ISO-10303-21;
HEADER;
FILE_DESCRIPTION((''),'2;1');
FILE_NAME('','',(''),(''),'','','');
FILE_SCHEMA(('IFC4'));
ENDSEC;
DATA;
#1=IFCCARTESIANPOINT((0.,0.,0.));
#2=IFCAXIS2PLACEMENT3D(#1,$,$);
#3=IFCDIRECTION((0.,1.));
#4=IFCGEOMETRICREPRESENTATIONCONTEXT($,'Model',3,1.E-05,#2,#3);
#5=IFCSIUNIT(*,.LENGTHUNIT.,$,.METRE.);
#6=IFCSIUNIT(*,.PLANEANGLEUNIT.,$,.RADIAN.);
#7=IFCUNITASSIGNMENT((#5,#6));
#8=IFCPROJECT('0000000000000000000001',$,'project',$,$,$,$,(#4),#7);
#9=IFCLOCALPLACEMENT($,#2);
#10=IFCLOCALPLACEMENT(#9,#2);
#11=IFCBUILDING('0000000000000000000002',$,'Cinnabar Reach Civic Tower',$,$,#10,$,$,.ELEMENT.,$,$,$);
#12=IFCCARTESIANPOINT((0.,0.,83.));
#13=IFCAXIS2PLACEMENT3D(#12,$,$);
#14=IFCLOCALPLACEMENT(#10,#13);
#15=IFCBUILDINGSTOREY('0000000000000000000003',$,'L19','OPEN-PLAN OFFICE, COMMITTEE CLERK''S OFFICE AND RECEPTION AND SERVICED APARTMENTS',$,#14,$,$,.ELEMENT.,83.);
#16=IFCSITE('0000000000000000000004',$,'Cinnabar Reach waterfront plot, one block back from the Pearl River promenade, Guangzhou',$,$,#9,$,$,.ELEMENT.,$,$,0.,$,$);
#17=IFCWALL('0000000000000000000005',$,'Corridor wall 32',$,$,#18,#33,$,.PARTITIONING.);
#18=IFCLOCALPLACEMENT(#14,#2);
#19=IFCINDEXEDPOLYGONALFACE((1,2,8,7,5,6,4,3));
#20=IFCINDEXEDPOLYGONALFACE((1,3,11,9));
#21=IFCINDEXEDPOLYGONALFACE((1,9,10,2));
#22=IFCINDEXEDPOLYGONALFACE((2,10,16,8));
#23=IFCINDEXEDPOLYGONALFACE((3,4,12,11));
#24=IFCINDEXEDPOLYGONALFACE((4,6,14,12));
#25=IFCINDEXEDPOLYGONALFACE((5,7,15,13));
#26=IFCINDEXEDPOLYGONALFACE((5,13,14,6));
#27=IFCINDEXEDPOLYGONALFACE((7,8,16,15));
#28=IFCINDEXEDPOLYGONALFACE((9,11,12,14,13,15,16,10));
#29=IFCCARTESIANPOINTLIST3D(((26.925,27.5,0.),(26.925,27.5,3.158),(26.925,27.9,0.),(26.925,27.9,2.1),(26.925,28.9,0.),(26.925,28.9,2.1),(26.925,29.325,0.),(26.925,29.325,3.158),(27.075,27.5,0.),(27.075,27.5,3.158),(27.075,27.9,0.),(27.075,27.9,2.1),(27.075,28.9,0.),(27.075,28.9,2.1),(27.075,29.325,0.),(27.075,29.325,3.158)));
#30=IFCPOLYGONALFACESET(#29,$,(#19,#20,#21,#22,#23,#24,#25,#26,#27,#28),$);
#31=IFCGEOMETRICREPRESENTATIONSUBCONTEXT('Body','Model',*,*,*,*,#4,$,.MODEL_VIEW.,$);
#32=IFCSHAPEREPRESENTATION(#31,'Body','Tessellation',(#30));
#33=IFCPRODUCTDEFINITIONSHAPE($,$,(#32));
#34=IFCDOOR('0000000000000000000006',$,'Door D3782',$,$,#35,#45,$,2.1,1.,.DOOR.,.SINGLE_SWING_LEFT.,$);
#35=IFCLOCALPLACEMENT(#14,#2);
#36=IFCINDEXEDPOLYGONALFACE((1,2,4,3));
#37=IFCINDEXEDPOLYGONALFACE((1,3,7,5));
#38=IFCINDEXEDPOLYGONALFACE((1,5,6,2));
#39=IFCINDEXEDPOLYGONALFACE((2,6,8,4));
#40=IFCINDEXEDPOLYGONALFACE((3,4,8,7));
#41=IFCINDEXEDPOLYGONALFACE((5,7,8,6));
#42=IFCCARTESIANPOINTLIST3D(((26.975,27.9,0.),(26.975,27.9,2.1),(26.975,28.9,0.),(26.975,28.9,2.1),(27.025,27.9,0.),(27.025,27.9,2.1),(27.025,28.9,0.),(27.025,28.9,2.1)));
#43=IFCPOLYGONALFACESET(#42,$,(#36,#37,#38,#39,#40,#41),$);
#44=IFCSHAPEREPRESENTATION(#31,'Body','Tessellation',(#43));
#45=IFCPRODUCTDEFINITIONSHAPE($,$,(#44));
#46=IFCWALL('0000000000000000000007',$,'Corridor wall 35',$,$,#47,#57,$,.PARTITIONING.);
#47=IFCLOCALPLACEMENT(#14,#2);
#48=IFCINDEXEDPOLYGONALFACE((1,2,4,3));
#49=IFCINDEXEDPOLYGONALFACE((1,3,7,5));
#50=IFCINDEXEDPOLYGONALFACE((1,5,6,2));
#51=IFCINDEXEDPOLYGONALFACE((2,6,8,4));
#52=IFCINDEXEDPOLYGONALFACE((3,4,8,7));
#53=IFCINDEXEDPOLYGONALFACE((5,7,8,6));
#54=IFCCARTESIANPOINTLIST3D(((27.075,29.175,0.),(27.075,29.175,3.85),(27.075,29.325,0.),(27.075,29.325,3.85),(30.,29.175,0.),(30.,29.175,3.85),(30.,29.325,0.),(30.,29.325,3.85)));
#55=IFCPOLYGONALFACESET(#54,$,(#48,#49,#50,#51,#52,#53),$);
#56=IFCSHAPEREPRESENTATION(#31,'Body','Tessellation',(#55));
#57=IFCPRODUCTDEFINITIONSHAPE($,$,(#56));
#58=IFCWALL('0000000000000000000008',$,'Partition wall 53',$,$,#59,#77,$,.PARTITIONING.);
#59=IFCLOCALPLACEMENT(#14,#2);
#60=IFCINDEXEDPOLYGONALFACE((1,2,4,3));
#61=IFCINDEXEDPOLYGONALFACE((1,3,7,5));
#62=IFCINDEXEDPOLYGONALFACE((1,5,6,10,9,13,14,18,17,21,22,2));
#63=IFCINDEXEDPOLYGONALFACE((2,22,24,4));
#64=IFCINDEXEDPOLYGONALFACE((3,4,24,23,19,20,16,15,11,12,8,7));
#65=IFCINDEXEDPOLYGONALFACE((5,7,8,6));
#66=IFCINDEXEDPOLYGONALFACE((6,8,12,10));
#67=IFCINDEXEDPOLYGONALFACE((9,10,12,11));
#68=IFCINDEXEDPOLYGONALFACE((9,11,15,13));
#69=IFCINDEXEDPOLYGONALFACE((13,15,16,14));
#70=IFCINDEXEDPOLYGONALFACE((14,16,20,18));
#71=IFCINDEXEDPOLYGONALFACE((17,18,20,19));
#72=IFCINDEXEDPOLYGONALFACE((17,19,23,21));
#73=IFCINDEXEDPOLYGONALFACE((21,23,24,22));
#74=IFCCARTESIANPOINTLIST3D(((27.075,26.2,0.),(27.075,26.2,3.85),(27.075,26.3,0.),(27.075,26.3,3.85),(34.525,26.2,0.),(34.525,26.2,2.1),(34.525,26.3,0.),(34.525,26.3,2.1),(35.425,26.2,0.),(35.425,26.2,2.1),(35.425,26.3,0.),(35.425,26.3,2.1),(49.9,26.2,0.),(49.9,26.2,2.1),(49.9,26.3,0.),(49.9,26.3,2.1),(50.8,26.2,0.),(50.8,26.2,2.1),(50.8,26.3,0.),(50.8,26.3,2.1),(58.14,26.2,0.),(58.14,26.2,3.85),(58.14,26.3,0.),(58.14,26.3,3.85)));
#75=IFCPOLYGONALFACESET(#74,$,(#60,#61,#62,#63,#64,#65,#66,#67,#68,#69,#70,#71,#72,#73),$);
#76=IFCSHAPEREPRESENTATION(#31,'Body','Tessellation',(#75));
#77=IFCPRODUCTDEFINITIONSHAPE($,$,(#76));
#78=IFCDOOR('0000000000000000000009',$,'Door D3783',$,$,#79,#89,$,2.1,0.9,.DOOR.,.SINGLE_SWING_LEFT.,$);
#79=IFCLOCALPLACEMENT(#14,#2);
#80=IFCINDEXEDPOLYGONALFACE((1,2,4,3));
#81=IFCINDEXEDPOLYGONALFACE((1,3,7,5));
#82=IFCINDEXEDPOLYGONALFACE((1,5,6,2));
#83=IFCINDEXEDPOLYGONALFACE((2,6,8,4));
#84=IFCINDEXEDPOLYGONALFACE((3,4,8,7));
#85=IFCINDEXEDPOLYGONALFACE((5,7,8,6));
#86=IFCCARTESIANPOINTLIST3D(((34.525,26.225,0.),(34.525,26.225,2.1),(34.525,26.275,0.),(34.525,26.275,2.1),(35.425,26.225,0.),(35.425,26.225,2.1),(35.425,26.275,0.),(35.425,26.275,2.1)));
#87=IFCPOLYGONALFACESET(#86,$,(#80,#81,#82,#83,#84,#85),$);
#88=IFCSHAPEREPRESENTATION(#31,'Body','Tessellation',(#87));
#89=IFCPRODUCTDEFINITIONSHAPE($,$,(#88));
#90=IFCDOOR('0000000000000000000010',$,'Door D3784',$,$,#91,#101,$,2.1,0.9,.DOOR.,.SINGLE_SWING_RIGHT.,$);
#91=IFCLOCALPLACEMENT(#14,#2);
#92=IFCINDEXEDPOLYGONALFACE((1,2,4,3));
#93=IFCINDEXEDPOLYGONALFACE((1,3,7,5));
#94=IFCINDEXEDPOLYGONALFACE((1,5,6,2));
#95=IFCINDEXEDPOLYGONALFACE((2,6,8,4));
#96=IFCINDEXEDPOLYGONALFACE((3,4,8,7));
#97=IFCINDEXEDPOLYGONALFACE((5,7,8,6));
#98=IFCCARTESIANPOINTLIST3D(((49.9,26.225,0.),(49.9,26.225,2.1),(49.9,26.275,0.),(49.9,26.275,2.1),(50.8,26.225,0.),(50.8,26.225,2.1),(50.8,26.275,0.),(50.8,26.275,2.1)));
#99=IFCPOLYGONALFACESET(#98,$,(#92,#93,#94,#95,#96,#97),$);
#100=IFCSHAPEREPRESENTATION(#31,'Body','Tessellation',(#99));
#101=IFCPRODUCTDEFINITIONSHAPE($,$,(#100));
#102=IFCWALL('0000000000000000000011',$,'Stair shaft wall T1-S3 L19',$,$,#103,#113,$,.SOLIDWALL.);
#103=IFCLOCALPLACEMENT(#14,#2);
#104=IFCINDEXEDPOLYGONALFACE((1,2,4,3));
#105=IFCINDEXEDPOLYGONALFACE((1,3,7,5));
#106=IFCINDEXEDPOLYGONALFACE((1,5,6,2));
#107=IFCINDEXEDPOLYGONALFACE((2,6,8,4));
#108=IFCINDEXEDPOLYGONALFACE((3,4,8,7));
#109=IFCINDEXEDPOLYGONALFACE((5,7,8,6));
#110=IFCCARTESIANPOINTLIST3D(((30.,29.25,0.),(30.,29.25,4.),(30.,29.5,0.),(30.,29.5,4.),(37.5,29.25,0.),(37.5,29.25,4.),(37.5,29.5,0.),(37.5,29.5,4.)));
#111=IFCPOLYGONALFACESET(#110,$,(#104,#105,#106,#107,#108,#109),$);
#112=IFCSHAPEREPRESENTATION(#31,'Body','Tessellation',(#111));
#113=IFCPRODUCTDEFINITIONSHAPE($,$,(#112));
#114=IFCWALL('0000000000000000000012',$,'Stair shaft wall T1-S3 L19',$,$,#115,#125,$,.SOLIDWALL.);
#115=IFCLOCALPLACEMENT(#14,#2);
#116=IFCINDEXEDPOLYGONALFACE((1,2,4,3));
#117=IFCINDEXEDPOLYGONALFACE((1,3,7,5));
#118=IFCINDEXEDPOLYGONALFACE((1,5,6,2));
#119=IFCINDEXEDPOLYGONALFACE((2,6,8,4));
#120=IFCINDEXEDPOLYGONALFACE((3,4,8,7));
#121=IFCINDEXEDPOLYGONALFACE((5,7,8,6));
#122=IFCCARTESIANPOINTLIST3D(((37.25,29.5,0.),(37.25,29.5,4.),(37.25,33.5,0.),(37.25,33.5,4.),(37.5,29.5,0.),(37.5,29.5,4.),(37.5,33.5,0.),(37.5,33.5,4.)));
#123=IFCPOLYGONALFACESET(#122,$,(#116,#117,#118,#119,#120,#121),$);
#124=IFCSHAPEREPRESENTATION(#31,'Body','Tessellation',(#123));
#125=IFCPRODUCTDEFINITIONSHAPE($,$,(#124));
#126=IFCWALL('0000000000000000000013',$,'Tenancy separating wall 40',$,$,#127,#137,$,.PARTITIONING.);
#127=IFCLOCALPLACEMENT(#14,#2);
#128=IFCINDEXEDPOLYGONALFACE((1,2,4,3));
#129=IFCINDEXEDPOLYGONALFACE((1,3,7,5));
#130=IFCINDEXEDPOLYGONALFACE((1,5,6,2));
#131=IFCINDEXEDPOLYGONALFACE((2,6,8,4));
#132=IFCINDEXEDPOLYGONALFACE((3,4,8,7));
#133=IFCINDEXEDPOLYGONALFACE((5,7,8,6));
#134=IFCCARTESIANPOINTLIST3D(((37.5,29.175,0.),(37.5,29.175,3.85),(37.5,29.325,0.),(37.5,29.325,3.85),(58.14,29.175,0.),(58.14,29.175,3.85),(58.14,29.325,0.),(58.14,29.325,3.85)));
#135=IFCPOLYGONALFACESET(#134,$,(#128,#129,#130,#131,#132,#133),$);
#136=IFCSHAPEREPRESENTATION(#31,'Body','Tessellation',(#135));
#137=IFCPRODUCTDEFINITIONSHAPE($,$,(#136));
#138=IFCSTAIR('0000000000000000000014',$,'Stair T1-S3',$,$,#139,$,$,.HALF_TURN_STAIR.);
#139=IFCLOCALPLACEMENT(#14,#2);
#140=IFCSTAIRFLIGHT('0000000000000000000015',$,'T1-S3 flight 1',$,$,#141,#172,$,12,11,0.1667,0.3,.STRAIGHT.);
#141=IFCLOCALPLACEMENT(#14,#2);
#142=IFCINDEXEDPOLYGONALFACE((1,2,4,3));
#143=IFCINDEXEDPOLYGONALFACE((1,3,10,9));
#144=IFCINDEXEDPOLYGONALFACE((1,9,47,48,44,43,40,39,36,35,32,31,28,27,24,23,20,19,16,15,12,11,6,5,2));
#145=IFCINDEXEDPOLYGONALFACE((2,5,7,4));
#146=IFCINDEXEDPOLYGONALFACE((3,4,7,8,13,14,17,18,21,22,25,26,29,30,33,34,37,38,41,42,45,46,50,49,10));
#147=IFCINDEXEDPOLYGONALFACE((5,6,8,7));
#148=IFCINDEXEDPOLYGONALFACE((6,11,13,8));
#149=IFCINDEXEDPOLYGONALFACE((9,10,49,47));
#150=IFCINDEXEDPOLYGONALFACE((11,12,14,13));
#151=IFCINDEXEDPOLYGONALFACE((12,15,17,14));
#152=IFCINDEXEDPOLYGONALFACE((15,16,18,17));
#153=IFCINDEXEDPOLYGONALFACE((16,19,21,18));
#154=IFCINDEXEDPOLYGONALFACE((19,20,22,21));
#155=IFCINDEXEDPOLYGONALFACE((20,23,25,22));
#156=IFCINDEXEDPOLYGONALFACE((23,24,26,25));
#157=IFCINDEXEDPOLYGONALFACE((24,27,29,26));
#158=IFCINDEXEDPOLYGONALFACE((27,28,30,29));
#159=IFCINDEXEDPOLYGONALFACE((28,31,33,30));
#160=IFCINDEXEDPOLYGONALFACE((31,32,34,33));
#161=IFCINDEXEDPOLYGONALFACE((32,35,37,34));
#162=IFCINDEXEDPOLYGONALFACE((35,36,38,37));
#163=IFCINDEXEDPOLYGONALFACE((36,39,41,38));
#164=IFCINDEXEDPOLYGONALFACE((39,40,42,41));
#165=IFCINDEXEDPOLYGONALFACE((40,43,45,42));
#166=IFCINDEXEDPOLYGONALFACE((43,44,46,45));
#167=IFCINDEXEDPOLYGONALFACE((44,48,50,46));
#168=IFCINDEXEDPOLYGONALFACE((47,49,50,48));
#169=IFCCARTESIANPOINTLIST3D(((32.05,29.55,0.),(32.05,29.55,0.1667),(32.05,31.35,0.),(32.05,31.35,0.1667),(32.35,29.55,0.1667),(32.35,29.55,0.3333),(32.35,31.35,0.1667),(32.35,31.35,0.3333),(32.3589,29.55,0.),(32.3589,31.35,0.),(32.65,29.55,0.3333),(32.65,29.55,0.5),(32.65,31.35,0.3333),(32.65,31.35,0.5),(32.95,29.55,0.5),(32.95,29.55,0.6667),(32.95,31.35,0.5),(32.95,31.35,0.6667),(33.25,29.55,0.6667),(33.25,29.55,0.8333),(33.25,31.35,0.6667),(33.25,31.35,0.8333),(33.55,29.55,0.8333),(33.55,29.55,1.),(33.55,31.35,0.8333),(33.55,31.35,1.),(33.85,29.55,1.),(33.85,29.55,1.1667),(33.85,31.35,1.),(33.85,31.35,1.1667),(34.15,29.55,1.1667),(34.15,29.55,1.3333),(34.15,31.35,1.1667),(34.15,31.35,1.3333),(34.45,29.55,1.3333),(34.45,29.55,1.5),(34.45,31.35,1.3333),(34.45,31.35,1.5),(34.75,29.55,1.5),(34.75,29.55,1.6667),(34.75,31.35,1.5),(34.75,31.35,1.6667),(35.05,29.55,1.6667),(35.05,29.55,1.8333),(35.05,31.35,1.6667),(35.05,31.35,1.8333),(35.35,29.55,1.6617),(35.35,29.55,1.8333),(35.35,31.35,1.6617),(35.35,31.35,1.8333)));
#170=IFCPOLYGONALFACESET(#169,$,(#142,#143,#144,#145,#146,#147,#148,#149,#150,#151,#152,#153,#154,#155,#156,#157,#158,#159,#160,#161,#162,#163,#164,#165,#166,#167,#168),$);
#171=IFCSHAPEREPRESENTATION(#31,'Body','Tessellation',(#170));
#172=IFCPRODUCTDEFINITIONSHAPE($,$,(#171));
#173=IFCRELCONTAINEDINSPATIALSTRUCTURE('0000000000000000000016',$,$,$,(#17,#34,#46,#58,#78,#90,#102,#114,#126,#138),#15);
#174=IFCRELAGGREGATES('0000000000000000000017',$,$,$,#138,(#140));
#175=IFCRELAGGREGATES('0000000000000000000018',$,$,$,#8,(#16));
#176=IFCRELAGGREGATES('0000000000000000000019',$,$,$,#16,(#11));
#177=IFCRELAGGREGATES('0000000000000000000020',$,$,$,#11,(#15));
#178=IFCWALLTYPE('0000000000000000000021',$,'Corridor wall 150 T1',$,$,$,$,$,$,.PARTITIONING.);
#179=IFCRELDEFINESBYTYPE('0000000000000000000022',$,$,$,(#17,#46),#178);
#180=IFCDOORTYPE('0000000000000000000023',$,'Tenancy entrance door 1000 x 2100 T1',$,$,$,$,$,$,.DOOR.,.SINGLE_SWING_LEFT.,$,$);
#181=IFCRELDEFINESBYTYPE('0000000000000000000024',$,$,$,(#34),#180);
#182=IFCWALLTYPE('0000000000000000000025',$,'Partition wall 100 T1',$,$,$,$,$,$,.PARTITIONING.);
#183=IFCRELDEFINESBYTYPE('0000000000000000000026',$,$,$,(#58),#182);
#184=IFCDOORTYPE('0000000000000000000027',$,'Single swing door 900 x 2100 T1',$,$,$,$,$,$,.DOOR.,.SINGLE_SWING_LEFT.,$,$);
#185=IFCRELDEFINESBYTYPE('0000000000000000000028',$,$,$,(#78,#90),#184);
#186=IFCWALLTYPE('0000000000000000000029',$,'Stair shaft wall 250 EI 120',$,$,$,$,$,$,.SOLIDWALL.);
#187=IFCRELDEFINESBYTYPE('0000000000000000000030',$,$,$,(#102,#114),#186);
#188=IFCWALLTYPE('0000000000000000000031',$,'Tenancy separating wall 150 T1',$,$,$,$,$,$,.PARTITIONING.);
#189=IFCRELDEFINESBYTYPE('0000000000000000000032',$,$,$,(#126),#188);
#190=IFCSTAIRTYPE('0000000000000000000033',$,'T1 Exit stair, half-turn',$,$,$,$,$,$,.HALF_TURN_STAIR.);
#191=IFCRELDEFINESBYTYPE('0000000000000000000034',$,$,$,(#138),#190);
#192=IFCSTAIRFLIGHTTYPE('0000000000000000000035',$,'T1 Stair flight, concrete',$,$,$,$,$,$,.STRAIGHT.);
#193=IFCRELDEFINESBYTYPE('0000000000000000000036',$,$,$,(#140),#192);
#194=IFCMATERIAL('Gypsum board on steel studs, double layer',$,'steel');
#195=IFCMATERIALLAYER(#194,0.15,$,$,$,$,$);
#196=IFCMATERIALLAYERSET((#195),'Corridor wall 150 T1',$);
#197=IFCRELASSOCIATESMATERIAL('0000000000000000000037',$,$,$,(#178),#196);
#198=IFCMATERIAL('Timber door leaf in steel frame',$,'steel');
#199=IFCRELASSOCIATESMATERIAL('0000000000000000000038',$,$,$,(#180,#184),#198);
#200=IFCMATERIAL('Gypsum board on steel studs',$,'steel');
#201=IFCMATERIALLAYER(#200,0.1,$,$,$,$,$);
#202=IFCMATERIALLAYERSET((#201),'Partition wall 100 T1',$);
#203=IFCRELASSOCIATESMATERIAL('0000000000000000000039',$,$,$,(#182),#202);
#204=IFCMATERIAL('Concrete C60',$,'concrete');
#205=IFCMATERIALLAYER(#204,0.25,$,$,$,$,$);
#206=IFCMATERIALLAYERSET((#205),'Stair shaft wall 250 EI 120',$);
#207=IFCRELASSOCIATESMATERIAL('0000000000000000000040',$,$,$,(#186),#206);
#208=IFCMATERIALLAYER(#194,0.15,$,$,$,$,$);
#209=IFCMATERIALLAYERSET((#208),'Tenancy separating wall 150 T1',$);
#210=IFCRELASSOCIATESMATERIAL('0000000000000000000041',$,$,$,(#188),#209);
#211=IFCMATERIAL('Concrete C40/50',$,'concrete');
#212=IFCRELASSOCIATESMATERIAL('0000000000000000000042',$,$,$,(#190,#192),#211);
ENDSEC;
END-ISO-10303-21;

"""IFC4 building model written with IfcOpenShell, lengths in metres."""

from ifc_helpers import new_model, si_unit, direction, frame, frame_2d, origin, place, context, subcontext, project, spatial, polyline, rectangle, outline, extrude, material, layer, layer_set, type_object, element, fill, aggregate, save


model = new_model("IFC4")

# Units and contexts
model_context = context("Model", 3, precision=1e-05, world=origin(), true_north=direction((0.0, 1.0)))
body_context = subcontext(model_context, "Body", "Model", "MODEL_VIEW")
ifc_project = project(units=[si_unit("LENGTHUNIT", "METRE"), si_unit("PLANEANGLEUNIT", "RADIAN")], contexts=[model_context])

# Site, building, storey
site_placement = place(None, origin())
site = spatial("IfcSite", under=ifc_project, at=site_placement, Name="Cinnabar Reach waterfront plot, one block back from the Pearl River promenade, Guangzhou", CompositionType="ELEMENT", RefElevation=0.0)
building_placement = place(site_placement, origin())
building = spatial("IfcBuilding", under=site, at=building_placement, Name="Cinnabar Reach Civic Tower", CompositionType="ELEMENT")
storey_placement = place(building_placement, frame((0.0, 0.0, 83.0)))
storey = spatial("IfcBuildingStorey", under=building, at=storey_placement, Name="L19", Description="OPEN-PLAN OFFICE, COMMITTEE CLERK'S OFFICE AND RECEPTION AND SERVICED APARTMENTS", CompositionType="ELEMENT", Elevation=83.0)

# Wall, opening, door
ifc_material_1 = material(Name="Gypsum board on steel studs, double layer", Category="steel")
ifc_layer_1 = layer(ifc_material_1, 0.15)
ifc_layer_set_1 = layer_set([ifc_layer_1], Name="Corridor wall 150 T1")
wall_type_1 = type_object("IfcWallType", Name="Corridor wall 150 T1", PredefinedType="PARTITIONING", material=ifc_layer_set_1)
wall_1_placement = place(storey_placement, frame((27.0, 27.5, 0.0), z_axis=(0.0, 0.0, 1.0), x_axis=(0.0, 1.0, 0.0)))
wall_1 = element("IfcWall", 1, at=wall_1_placement, inside=storey, type_object=wall_type_1, Name="Corridor wall 32", PredefinedType="PARTITIONING", context=body_context, shape_type="SweptSolid", body=[
    extrude(rectangle(XDim=1.825, YDim=0.15, at=frame_2d((0.9125, 0.0))), origin(), (0.0, 0.0, 1.0), 3.158),
])
opening_1_placement = place(wall_1_placement, frame((0.4, 0.0, 0.0)))
opening_1 = element("IfcOpeningElement", 2, at=opening_1_placement, cuts=wall_1, PredefinedType="OPENING", context=body_context, shape_type="SweptSolid", body=[
    extrude(rectangle(XDim=1.0, YDim=2.1, at=frame_2d((0.5, 1.05))), frame((0.0, 0.085, 0.0), z_axis=(0.0, -1.0, 0.0), x_axis=(1.0, 0.0, 0.0)), (0.0, 0.0, 1.0), 0.17),
])
ifc_material_2 = material(Name="Timber door leaf in steel frame", Category="steel")
door_type_1 = type_object("IfcDoorType", Name="Tenancy entrance door 1000 x 2100 T1", OperationType="SINGLE_SWING_LEFT", PredefinedType="DOOR", material=ifc_material_2)
door_1_placement = place(opening_1_placement, frame((1.0, 0.0, 0.0), z_axis=(0.0, 0.0, 1.0), x_axis=(-1.0, 0.0, 0.0)))
door_1 = element("IfcDoor", 3, at=door_1_placement, inside=storey, type_object=door_type_1, Name="Door D3782", OperationType="SINGLE_SWING_LEFT", OverallHeight=2.1, OverallWidth=1.0, PredefinedType="DOOR", context=body_context, shape_type="SweptSolid", body=[
    extrude(rectangle(XDim=1.0, YDim=2.1, at=frame_2d((0.5, 1.05))), frame((0.0, 0.025, 0.0), z_axis=(0.0, -1.0, 0.0), x_axis=(1.0, 0.0, 0.0)), (0.0, 0.0, 1.0), 0.05),
])
fill(opening_1, door_1)

# Wall
wall_2_placement = place(storey_placement, frame((27.075, 29.25, 0.0), z_axis=(0.0, 0.0, 1.0), x_axis=(1.0, 0.0, 0.0)))
element("IfcWall", 4, at=wall_2_placement, inside=storey, type_object=wall_type_1, Name="Corridor wall 35", PredefinedType="PARTITIONING", context=body_context, shape_type="SweptSolid", body=[
    extrude(rectangle(XDim=2.925, YDim=0.15, at=frame_2d((1.4625, 0.0))), origin(), (0.0, 0.0, 1.0), 3.85),
])

# Wall, openings, doors
ifc_material_3 = material(Name="Gypsum board on steel studs", Category="steel")
ifc_layer_2 = layer(ifc_material_3, 0.1)
ifc_layer_set_2 = layer_set([ifc_layer_2], Name="Partition wall 100 T1")
wall_type_2 = type_object("IfcWallType", Name="Partition wall 100 T1", PredefinedType="PARTITIONING", material=ifc_layer_set_2)
wall_3_placement = place(storey_placement, frame((27.075, 26.25, 0.0), z_axis=(0.0, 0.0, 1.0), x_axis=(1.0, 0.0, 0.0)))
wall_3 = element("IfcWall", 5, at=wall_3_placement, inside=storey, type_object=wall_type_2, Name="Partition wall 53", PredefinedType="PARTITIONING", context=body_context, shape_type="SweptSolid", body=[
    extrude(rectangle(XDim=31.065, YDim=0.1, at=frame_2d((15.5325, 0.0))), origin(), (0.0, 0.0, 1.0), 3.85),
])
opening_2_placement = place(wall_3_placement, frame((7.45, 0.0, 0.0)))
opening_2 = element("IfcOpeningElement", 6, at=opening_2_placement, cuts=wall_3, PredefinedType="OPENING", context=body_context, shape_type="SweptSolid", body=[
    extrude(rectangle(XDim=0.9, YDim=2.1, at=frame_2d((0.45, 1.05))), frame((0.0, 0.06, 0.0), z_axis=(0.0, -1.0, 0.0), x_axis=(1.0, 0.0, 0.0)), (0.0, 0.0, 1.0), 0.12),
])
opening_3_placement = place(wall_3_placement, frame((22.825, 0.0, 0.0)))
opening_3 = element("IfcOpeningElement", 7, at=opening_3_placement, cuts=wall_3, PredefinedType="OPENING", context=body_context, shape_type="SweptSolid", body=[
    extrude(rectangle(XDim=0.9, YDim=2.1, at=frame_2d((0.45, 1.05))), frame((0.0, 0.06, 0.0), z_axis=(0.0, -1.0, 0.0), x_axis=(1.0, 0.0, 0.0)), (0.0, 0.0, 1.0), 0.12),
])
door_type_2 = type_object("IfcDoorType", Name="Single swing door 900 x 2100 T1", OperationType="SINGLE_SWING_LEFT", PredefinedType="DOOR", material=ifc_material_2)
door_2_placement = place(opening_2_placement, frame((0.9, 0.0, 0.0), z_axis=(0.0, 0.0, 1.0), x_axis=(-1.0, 0.0, 0.0)))
door_2 = element("IfcDoor", 8, at=door_2_placement, inside=storey, type_object=door_type_2, Name="Door D3783", OperationType="SINGLE_SWING_LEFT", OverallHeight=2.1, OverallWidth=0.9, PredefinedType="DOOR", context=body_context, shape_type="SweptSolid", body=[
    extrude(rectangle(XDim=0.9, YDim=2.1, at=frame_2d((0.45, 1.05))), frame((0.0, 0.025, 0.0), z_axis=(0.0, -1.0, 0.0), x_axis=(1.0, 0.0, 0.0)), (0.0, 0.0, 1.0), 0.05),
])
fill(opening_2, door_2)
door_3_placement = place(opening_3_placement, frame((0.9, 0.0, 0.0), z_axis=(0.0, 0.0, 1.0), x_axis=(-1.0, 0.0, 0.0)))
door_3 = element("IfcDoor", 9, at=door_3_placement, inside=storey, type_object=door_type_2, Name="Door D3784", OperationType="SINGLE_SWING_RIGHT", OverallHeight=2.1, OverallWidth=0.9, PredefinedType="DOOR", context=body_context, shape_type="SweptSolid", body=[
    extrude(rectangle(XDim=0.9, YDim=2.1, at=frame_2d((0.45, 1.05))), frame((0.0, 0.025, 0.0), z_axis=(0.0, -1.0, 0.0), x_axis=(1.0, 0.0, 0.0)), (0.0, 0.0, 1.0), 0.05),
])
fill(opening_3, door_3)

# Walls
ifc_material_4 = material(Name="Concrete C60", Category="concrete")
ifc_layer_3 = layer(ifc_material_4, 0.25)
ifc_layer_set_3 = layer_set([ifc_layer_3], Name="Stair shaft wall 250 EI 120")
wall_type_3 = type_object("IfcWallType", Name="Stair shaft wall 250 EI 120", PredefinedType="SOLIDWALL", material=ifc_layer_set_3)
wall_4_placement = place(storey_placement, frame((30.0, 29.375, 0.0), z_axis=(0.0, 0.0, 1.0), x_axis=(1.0, 0.0, 0.0)))
element("IfcWall", 10, at=wall_4_placement, inside=storey, type_object=wall_type_3, Name="Stair shaft wall T1-S3 L19", PredefinedType="SOLIDWALL", context=body_context, shape_type="SweptSolid", body=[
    extrude(rectangle(XDim=7.5, YDim=0.25, at=frame_2d((3.75, 0.0))), origin(), (0.0, 0.0, 1.0), 4.0),
])
wall_5_placement = place(storey_placement, frame((37.375, 29.5, 0.0), z_axis=(0.0, 0.0, 1.0), x_axis=(0.0, 1.0, 0.0)))
element("IfcWall", 11, at=wall_5_placement, inside=storey, type_object=wall_type_3, Name="Stair shaft wall T1-S3 L19", PredefinedType="SOLIDWALL", context=body_context, shape_type="SweptSolid", body=[
    extrude(rectangle(XDim=4.0, YDim=0.25, at=frame_2d((2.0, 0.0))), origin(), (0.0, 0.0, 1.0), 4.0),
])
ifc_layer_4 = layer(ifc_material_1, 0.15)
ifc_layer_set_4 = layer_set([ifc_layer_4], Name="Tenancy separating wall 150 T1")
wall_type_4 = type_object("IfcWallType", Name="Tenancy separating wall 150 T1", PredefinedType="PARTITIONING", material=ifc_layer_set_4)
wall_6_placement = place(storey_placement, frame((37.5, 29.25, 0.0), z_axis=(0.0, 0.0, 1.0), x_axis=(1.0, 0.0, 0.0)))
element("IfcWall", 12, at=wall_6_placement, inside=storey, type_object=wall_type_4, Name="Tenancy separating wall 40", PredefinedType="PARTITIONING", context=body_context, shape_type="SweptSolid", body=[
    extrude(rectangle(XDim=20.64, YDim=0.15, at=frame_2d((10.32, 0.0))), origin(), (0.0, 0.0, 1.0), 3.85),
])

# Stair, stair flight
ifc_material_5 = material(Name="Concrete C40/50", Category="concrete")
stair_type = type_object("IfcStairType", Name="T1 Exit stair, half-turn", PredefinedType="HALF_TURN_STAIR", material=ifc_material_5)
stair_placement = place(storey_placement, origin())
stair = element("IfcStair", 13, at=stair_placement, inside=storey, type_object=stair_type, Name="Stair T1-S3", PredefinedType="HALF_TURN_STAIR")
stair_flight_type = type_object("IfcStairFlightType", Name="T1 Stair flight, concrete", PredefinedType="STRAIGHT", material=ifc_material_5)
stair_flight_placement = place(storey_placement, frame((32.05, 30.45, 0.0), z_axis=(0.0, 0.0, 1.0), x_axis=(1.0, 0.0, 0.0)))
stair_flight = element("IfcStairFlight", 14, at=stair_flight_placement, type_object=stair_flight_type, Name="T1-S3 flight 1", NumberOfRisers=12, NumberOfTreads=11, PredefinedType="STRAIGHT", RiserHeight=0.1667, TreadLength=0.3, context=body_context, shape_type="SweptSolid", body=[
    extrude(outline(polyline([(0.0, 0.0), (0.0, 0.1667), (0.3, 0.1667), (0.3, 0.3333), (0.6, 0.3333), (0.6, 0.5), (0.9, 0.5), (0.9, 0.6667), (1.2, 0.6667), (1.2, 0.8333), (1.5, 0.8333), (1.5, 1.0), (1.8, 1.0), (1.8, 1.1667), (2.1, 1.1667), (2.1, 1.3333), (2.4, 1.3333), (2.4, 1.5), (2.7, 1.5), (2.7, 1.6667), (3.0, 1.6667), (3.0, 1.8333), (3.3, 1.8333), (3.3, 2.0), (3.3, 1.6617), (0.3089, 0.0), (0.0, 0.0)])), frame((0.0, 0.9, 0.0), z_axis=(0.0, -1.0, 0.0), x_axis=(1.0, 0.0, 0.0)), (0.0, 0.0, 1.0), 1.8),
])
aggregate(stair, [stair_flight])

save(model, "model.ifc")
